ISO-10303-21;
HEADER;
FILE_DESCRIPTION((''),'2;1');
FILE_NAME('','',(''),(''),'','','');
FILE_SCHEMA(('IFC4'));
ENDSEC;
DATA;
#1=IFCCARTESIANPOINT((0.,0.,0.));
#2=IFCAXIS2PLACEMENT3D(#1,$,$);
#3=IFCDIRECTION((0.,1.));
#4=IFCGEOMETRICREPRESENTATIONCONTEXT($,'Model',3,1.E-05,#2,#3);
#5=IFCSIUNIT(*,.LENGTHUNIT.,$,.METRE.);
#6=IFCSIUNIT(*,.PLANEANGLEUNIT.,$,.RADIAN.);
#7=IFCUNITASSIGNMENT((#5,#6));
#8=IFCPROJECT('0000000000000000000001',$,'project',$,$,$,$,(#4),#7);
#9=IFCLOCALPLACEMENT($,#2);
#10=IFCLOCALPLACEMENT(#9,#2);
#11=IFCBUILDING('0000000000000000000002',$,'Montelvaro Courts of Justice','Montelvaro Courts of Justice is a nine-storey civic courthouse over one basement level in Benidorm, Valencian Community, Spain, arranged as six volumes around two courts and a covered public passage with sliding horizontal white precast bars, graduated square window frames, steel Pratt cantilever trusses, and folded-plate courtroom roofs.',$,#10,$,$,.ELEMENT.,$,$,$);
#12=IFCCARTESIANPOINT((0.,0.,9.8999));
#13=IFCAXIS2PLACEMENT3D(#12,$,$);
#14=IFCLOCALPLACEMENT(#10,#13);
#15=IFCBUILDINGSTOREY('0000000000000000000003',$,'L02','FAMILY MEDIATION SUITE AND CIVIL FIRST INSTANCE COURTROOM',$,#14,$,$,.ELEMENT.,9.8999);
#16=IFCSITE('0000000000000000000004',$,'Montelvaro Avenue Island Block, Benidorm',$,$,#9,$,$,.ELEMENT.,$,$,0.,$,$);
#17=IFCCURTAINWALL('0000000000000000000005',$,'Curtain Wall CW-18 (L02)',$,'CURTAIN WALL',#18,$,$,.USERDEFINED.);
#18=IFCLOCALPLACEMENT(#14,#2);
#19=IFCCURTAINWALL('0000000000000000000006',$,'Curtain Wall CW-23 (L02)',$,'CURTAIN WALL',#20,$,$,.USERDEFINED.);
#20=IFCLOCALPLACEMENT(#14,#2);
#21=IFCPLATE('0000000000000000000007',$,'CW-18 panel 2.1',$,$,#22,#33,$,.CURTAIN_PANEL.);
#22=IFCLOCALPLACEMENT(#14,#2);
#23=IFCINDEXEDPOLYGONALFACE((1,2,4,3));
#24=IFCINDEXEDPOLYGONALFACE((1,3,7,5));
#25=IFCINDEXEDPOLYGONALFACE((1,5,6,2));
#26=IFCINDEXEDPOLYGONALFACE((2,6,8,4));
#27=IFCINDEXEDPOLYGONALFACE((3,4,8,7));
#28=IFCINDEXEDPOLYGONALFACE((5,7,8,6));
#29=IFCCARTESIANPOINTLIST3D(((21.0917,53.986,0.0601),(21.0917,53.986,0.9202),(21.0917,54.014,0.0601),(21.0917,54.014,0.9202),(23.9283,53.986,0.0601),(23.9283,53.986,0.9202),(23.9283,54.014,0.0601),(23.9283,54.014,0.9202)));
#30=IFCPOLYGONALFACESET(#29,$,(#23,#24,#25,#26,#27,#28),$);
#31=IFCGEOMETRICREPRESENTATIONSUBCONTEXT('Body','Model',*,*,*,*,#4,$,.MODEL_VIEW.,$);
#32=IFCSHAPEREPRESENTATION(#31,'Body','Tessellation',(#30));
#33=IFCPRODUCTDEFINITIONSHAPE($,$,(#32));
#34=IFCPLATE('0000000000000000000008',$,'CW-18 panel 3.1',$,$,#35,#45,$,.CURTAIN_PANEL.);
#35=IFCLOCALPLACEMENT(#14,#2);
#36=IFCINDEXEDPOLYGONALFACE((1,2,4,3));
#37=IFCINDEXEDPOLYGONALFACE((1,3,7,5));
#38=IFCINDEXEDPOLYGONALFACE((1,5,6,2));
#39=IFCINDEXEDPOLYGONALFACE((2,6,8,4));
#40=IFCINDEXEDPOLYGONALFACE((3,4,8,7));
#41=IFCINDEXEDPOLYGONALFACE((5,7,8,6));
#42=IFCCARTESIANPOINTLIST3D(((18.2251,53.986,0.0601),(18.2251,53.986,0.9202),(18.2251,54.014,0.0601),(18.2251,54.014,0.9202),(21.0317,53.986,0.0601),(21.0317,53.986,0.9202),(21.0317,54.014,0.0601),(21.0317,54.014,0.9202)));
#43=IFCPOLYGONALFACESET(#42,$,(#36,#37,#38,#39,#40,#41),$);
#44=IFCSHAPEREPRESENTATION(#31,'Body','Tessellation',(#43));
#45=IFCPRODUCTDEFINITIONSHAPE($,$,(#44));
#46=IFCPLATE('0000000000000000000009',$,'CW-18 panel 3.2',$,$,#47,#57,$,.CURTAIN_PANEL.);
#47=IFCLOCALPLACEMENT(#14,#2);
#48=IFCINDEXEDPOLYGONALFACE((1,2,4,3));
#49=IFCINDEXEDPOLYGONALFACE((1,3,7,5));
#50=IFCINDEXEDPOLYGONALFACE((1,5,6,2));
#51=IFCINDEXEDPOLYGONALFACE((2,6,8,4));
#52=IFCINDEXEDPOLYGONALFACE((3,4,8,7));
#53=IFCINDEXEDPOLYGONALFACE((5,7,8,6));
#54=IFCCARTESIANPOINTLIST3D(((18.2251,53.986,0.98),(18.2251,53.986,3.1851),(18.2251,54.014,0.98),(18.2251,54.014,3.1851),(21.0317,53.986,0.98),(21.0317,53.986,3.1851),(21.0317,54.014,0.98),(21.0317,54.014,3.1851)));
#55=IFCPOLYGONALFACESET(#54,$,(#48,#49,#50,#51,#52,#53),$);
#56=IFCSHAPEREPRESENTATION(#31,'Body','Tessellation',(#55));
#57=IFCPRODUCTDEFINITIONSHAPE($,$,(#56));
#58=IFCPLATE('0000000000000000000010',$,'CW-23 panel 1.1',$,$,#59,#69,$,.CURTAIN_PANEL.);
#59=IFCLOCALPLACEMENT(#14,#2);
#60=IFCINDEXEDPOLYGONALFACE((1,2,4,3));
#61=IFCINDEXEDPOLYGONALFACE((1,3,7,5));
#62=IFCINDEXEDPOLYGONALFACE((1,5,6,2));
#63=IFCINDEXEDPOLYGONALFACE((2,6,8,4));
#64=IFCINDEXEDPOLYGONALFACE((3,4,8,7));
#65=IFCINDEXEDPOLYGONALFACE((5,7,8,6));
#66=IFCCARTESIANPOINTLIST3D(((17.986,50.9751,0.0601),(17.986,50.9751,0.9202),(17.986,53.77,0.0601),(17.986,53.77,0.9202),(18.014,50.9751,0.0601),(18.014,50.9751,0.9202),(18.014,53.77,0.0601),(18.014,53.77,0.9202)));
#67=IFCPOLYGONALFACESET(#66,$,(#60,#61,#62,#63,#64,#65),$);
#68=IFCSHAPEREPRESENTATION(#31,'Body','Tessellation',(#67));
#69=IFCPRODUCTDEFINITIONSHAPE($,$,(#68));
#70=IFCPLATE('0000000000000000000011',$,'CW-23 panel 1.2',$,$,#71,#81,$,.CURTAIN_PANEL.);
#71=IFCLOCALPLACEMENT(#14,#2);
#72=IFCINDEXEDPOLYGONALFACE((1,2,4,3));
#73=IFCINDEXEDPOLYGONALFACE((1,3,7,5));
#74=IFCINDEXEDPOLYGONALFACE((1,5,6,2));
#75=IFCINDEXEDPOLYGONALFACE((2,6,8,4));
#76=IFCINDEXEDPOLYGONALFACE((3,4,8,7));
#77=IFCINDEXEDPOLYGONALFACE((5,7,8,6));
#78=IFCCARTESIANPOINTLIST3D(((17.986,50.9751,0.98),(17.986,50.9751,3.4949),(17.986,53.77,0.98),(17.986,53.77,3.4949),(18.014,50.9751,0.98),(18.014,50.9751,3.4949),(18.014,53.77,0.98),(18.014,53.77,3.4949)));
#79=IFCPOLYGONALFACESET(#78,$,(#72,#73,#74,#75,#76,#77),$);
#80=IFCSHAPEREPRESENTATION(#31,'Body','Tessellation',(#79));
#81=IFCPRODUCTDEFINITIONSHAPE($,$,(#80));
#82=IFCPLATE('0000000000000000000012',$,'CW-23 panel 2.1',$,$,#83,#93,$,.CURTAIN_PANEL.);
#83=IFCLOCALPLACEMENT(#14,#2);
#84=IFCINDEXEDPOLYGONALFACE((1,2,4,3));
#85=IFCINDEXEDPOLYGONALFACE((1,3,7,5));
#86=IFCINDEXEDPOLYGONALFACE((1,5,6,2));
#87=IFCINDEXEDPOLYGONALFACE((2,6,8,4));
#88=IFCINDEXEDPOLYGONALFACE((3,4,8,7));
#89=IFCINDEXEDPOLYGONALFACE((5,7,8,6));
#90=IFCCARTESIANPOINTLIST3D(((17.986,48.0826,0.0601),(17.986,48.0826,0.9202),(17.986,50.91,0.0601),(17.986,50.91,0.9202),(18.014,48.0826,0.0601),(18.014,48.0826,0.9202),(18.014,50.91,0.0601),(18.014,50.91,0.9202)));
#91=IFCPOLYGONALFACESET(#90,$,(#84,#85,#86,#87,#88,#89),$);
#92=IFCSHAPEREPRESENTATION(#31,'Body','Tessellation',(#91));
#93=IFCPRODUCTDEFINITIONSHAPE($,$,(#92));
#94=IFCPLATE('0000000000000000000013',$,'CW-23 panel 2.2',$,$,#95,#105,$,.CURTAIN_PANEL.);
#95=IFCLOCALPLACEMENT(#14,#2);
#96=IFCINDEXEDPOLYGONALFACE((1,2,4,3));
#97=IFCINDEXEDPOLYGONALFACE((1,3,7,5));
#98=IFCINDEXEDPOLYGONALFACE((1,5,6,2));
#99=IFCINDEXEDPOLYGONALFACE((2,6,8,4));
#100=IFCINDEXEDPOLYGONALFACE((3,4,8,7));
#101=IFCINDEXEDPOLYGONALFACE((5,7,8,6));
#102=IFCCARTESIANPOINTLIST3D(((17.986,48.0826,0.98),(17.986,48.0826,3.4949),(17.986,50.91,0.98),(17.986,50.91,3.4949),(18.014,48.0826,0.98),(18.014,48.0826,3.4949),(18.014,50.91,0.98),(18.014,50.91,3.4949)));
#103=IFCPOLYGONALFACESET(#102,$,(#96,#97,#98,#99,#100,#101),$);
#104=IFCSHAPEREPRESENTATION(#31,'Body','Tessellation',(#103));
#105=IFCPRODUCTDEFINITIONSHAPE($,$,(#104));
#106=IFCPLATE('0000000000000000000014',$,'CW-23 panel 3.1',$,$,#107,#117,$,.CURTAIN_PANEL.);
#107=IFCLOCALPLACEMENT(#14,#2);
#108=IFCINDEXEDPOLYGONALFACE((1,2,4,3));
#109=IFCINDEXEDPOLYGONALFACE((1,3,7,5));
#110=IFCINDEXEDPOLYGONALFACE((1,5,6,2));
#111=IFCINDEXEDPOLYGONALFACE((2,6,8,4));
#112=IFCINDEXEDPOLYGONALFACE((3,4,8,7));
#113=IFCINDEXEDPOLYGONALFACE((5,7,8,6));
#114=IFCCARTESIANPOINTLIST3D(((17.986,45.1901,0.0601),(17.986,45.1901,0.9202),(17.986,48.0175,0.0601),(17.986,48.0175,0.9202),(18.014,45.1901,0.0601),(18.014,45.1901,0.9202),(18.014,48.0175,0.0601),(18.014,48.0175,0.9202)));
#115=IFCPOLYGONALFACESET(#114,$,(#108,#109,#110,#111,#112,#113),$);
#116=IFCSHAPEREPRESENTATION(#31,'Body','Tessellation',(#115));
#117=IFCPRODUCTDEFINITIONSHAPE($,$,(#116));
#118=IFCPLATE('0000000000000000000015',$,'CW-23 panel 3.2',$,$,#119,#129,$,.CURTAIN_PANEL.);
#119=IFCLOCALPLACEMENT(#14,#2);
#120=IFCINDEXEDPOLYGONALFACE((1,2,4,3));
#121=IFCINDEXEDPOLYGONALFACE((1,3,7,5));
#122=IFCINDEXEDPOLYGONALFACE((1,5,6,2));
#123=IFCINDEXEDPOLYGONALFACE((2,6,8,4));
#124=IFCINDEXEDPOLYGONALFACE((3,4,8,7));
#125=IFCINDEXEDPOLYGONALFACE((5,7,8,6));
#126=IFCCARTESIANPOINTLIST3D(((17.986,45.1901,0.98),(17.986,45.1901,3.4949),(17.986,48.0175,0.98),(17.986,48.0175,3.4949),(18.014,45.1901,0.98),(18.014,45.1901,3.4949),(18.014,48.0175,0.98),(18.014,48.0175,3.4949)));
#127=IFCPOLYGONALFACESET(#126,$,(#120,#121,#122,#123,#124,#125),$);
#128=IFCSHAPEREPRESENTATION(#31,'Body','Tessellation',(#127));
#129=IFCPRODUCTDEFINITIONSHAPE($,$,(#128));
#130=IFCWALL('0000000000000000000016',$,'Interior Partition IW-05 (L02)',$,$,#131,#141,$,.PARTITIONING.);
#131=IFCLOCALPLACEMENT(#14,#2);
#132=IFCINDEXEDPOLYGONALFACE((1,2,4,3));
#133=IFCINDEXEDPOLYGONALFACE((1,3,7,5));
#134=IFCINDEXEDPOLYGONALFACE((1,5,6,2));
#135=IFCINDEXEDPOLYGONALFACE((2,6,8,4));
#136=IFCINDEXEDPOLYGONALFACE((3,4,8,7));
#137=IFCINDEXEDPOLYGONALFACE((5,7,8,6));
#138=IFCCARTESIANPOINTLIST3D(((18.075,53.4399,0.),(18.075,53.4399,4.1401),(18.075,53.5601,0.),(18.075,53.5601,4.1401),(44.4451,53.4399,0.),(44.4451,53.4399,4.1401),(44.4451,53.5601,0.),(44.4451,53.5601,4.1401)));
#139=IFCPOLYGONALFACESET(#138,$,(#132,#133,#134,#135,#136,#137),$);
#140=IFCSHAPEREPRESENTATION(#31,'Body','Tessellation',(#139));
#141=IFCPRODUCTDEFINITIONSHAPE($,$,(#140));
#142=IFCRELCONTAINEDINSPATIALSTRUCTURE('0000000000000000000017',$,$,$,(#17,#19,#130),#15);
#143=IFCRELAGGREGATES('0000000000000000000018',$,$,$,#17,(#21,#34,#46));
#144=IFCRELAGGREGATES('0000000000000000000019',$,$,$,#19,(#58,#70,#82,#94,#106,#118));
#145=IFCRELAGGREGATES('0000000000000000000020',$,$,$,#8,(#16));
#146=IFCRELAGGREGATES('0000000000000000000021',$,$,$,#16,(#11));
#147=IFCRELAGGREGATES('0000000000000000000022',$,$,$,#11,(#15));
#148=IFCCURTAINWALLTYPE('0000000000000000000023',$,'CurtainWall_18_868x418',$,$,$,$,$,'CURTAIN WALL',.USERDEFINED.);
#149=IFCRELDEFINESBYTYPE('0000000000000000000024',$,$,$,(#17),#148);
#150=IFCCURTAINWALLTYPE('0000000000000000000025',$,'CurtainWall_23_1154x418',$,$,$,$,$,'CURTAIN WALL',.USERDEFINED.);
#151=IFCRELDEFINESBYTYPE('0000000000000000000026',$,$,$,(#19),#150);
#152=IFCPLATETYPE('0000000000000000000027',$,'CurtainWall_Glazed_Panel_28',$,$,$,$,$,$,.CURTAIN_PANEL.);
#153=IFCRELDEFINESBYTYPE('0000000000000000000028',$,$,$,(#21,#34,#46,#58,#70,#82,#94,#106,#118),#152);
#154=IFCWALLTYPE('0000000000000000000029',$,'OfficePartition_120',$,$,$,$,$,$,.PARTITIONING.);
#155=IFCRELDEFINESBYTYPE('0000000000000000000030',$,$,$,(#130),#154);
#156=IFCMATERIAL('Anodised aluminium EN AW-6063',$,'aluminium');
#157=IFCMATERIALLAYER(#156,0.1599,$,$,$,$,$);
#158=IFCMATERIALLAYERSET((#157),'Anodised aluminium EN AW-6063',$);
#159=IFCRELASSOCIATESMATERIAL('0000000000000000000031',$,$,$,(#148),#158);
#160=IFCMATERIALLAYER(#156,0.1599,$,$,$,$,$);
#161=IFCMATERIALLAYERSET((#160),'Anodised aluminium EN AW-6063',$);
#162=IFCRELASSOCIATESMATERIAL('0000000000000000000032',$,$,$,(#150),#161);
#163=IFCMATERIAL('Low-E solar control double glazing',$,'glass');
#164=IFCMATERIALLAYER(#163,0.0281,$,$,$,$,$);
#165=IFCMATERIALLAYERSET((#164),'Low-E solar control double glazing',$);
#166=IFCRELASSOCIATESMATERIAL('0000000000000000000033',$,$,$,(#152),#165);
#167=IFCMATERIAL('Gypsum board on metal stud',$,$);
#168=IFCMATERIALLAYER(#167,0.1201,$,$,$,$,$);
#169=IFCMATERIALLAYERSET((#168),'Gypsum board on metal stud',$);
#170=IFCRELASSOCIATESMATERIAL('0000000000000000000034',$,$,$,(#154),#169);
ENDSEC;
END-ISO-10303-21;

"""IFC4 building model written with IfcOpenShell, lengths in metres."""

from ifc_helpers import new_model, si_unit, direction, frame, frame_2d, origin, origin_2d, place, context, subcontext, project, spatial, rectangle, extrude, material, layer, layer_set, type_object, element, aggregate, save


model = new_model("IFC4")

# Units and contexts
model_context = context("Model", 3, precision=1e-05, world=origin(), true_north=direction((0.0, 1.0)))
body_context = subcontext(model_context, "Body", "Model", "MODEL_VIEW")
ifc_project = project(units=[si_unit("LENGTHUNIT", "METRE"), si_unit("PLANEANGLEUNIT", "RADIAN")], contexts=[model_context])

# Site, building, storey
site_placement = place(None, origin())
site = spatial("IfcSite", under=ifc_project, at=site_placement, Name="Montelvaro Avenue Island Block, Benidorm", CompositionType="ELEMENT", RefElevation=0.0)
building_placement = place(site_placement, origin())
building = spatial("IfcBuilding", under=site, at=building_placement, Name="Montelvaro Courts of Justice", Description="Montelvaro Courts of Justice is a nine-storey civic courthouse over one basement level in Benidorm, Valencian Community, Spain, arranged as six volumes around two courts and a covered public passage with sliding horizontal white precast bars, graduated square window frames, steel Pratt cantilever trusses, and folded-plate courtroom roofs.", CompositionType="ELEMENT")
storey_placement = place(building_placement, frame((0.0, 0.0, 9.8999)))
storey = spatial("IfcBuildingStorey", under=building, at=storey_placement, Name="L02", Description="FAMILY MEDIATION SUITE AND CIVIL FIRST INSTANCE COURTROOM", CompositionType="ELEMENT", Elevation=9.8999)

# Curtain walls
ifc_material_1 = material(Name="Anodised aluminium EN AW-6063", Category="aluminium")
ifc_layer_1 = layer(ifc_material_1, 0.1599)
ifc_layer_set_1 = layer_set([ifc_layer_1], Name="Anodised aluminium EN AW-6063")
curtain_wall_type_1 = type_object("IfcCurtainWallType", Name="CurtainWall_18_868x418", ElementType="CURTAIN WALL", PredefinedType="USERDEFINED", material=ifc_layer_set_1)
curtain_wall_1_placement = place(storey_placement, origin())
curtain_wall_1 = element("IfcCurtainWall", 1, at=curtain_wall_1_placement, inside=storey, type_object=curtain_wall_type_1, Name="Curtain Wall CW-18 (L02)", ObjectType="CURTAIN WALL", PredefinedType="USERDEFINED")
ifc_layer_2 = layer(ifc_material_1, 0.1599)
ifc_layer_set_2 = layer_set([ifc_layer_2], Name="Anodised aluminium EN AW-6063")
curtain_wall_type_2 = type_object("IfcCurtainWallType", Name="CurtainWall_23_1154x418", ElementType="CURTAIN WALL", PredefinedType="USERDEFINED", material=ifc_layer_set_2)
curtain_wall_2_placement = place(storey_placement, origin())
curtain_wall_2 = element("IfcCurtainWall", 2, at=curtain_wall_2_placement, inside=storey, type_object=curtain_wall_type_2, Name="Curtain Wall CW-23 (L02)", ObjectType="CURTAIN WALL", PredefinedType="USERDEFINED")

# Plates
ifc_material_2 = material(Name="Low-E solar control double glazing", Category="glass")
ifc_layer_3 = layer(ifc_material_2, 0.0281)
ifc_layer_set_3 = layer_set([ifc_layer_3], Name="Low-E solar control double glazing")
plate_type = type_object("IfcPlateType", Name="CurtainWall_Glazed_Panel_28", PredefinedType="CURTAIN_PANEL", material=ifc_layer_set_3)
plate_1_placement = place(storey_placement, frame((22.51, 54.0, 0.0601), z_axis=(0.0, 0.0, 1.0), x_axis=(-1.0, 0.0, 0.0)))
plate_1 = element("IfcPlate", 3, at=plate_1_placement, type_object=plate_type, Name="CW-18 panel 2.1", PredefinedType="CURTAIN_PANEL", context=body_context, shape_type="SweptSolid", body=[
    extrude(rectangle(XDim=2.8367, YDim=0.0281, at=origin_2d()), origin(), (0.0, 0.0, 1.0), 0.8601),
])
plate_2_placement = place(storey_placement, frame((19.6284, 54.0, 0.0601), z_axis=(0.0, 0.0, 1.0), x_axis=(-1.0, 0.0, 0.0)))
plate_2 = element("IfcPlate", 4, at=plate_2_placement, type_object=plate_type, Name="CW-18 panel 3.1", PredefinedType="CURTAIN_PANEL", context=body_context, shape_type="SweptSolid", body=[
    extrude(rectangle(XDim=2.8066, YDim=0.0281, at=origin_2d()), origin(), (0.0, 0.0, 1.0), 0.8601),
])
plate_3_placement = place(storey_placement, frame((19.6284, 54.0, 0.98), z_axis=(0.0, 0.0, 1.0), x_axis=(-1.0, 0.0, 0.0)))
plate_3 = element("IfcPlate", 5, at=plate_3_placement, type_object=plate_type, Name="CW-18 panel 3.2", PredefinedType="CURTAIN_PANEL", context=body_context, shape_type="SweptSolid", body=[
    extrude(rectangle(XDim=2.8066, YDim=0.0281, at=origin_2d()), origin(), (0.0, 0.0, 1.0), 2.2051),
])
aggregate(curtain_wall_1, [plate_1, plate_2, plate_3])
plate_4_placement = place(storey_placement, frame((18.0, 52.3726, 0.0601), z_axis=(0.0, 0.0, 1.0), x_axis=(0.0, -1.0, 0.0)))
plate_4 = element("IfcPlate", 6, at=plate_4_placement, type_object=plate_type, Name="CW-23 panel 1.1", PredefinedType="CURTAIN_PANEL", context=body_context, shape_type="SweptSolid", body=[
    extrude(rectangle(XDim=2.7949, YDim=0.0281, at=origin_2d()), origin(), (0.0, 0.0, 1.0), 0.8601),
])
plate_5_placement = place(storey_placement, frame((18.0, 52.3726, 0.98), z_axis=(0.0, 0.0, 1.0), x_axis=(0.0, -1.0, 0.0)))
plate_5 = element("IfcPlate", 7, at=plate_5_placement, type_object=plate_type, Name="CW-23 panel 1.2", PredefinedType="CURTAIN_PANEL", context=body_context, shape_type="SweptSolid", body=[
    extrude(rectangle(XDim=2.7949, YDim=0.0281, at=origin_2d()), origin(), (0.0, 0.0, 1.0), 2.5149),
])
plate_6_placement = place(storey_placement, frame((18.0, 49.4963, 0.0601), z_axis=(0.0, 0.0, 1.0), x_axis=(0.0, -1.0, 0.0)))
plate_6 = element("IfcPlate", 8, at=plate_6_placement, type_object=plate_type, Name="CW-23 panel 2.1", PredefinedType="CURTAIN_PANEL", context=body_context, shape_type="SweptSolid", body=[
    extrude(rectangle(XDim=2.8274, YDim=0.0281, at=origin_2d()), origin(), (0.0, 0.0, 1.0), 0.8601),
])
plate_7_placement = place(storey_placement, frame((18.0, 49.4963, 0.98), z_axis=(0.0, 0.0, 1.0), x_axis=(0.0, -1.0, 0.0)))
plate_7 = element("IfcPlate", 9, at=plate_7_placement, type_object=plate_type, Name="CW-23 panel 2.2", PredefinedType="CURTAIN_PANEL", context=body_context, shape_type="SweptSolid", body=[
    extrude(rectangle(XDim=2.8274, YDim=0.0281, at=origin_2d()), origin(), (0.0, 0.0, 1.0), 2.5149),
])
plate_8_placement = place(storey_placement, frame((18.0, 46.6038, 0.0601), z_axis=(0.0, 0.0, 1.0), x_axis=(0.0, -1.0, 0.0)))
plate_8 = element("IfcPlate", 10, at=plate_8_placement, type_object=plate_type, Name="CW-23 panel 3.1", PredefinedType="CURTAIN_PANEL", context=body_context, shape_type="SweptSolid", body=[
    extrude(rectangle(XDim=2.8274, YDim=0.0281, at=origin_2d()), origin(), (0.0, 0.0, 1.0), 0.8601),
])
plate_9_placement = place(storey_placement, frame((18.0, 46.6038, 0.98), z_axis=(0.0, 0.0, 1.0), x_axis=(0.0, -1.0, 0.0)))
plate_9 = element("IfcPlate", 11, at=plate_9_placement, type_object=plate_type, Name="CW-23 panel 3.2", PredefinedType="CURTAIN_PANEL", context=body_context, shape_type="SweptSolid", body=[
    extrude(rectangle(XDim=2.8274, YDim=0.0281, at=origin_2d()), origin(), (0.0, 0.0, 1.0), 2.5149),
])
aggregate(curtain_wall_2, [plate_4, plate_5, plate_6, plate_7, plate_8, plate_9])

# Wall
ifc_material_3 = material(Name="Gypsum board on metal stud")
ifc_layer_4 = layer(ifc_material_3, 0.1201)
ifc_layer_set_4 = layer_set([ifc_layer_4], Name="Gypsum board on metal stud")
wall_type = type_object("IfcWallType", Name="OfficePartition_120", PredefinedType="PARTITIONING", material=ifc_layer_set_4)
wall_placement = place(storey_placement, frame((18.075, 53.5, 0.0), z_axis=(0.0, 0.0, 1.0), x_axis=(1.0, 0.0, 0.0)))
element("IfcWall", 12, at=wall_placement, inside=storey, type_object=wall_type, Name="Interior Partition IW-05 (L02)", PredefinedType="PARTITIONING", context=body_context, shape_type="SweptSolid", body=[
    extrude(rectangle(XDim=26.3701, YDim=0.1201, at=frame_2d((13.1851, 0.0))), origin(), (0.0, 0.0, 1.0), 4.1401),
])

save(model, "model.ifc")
